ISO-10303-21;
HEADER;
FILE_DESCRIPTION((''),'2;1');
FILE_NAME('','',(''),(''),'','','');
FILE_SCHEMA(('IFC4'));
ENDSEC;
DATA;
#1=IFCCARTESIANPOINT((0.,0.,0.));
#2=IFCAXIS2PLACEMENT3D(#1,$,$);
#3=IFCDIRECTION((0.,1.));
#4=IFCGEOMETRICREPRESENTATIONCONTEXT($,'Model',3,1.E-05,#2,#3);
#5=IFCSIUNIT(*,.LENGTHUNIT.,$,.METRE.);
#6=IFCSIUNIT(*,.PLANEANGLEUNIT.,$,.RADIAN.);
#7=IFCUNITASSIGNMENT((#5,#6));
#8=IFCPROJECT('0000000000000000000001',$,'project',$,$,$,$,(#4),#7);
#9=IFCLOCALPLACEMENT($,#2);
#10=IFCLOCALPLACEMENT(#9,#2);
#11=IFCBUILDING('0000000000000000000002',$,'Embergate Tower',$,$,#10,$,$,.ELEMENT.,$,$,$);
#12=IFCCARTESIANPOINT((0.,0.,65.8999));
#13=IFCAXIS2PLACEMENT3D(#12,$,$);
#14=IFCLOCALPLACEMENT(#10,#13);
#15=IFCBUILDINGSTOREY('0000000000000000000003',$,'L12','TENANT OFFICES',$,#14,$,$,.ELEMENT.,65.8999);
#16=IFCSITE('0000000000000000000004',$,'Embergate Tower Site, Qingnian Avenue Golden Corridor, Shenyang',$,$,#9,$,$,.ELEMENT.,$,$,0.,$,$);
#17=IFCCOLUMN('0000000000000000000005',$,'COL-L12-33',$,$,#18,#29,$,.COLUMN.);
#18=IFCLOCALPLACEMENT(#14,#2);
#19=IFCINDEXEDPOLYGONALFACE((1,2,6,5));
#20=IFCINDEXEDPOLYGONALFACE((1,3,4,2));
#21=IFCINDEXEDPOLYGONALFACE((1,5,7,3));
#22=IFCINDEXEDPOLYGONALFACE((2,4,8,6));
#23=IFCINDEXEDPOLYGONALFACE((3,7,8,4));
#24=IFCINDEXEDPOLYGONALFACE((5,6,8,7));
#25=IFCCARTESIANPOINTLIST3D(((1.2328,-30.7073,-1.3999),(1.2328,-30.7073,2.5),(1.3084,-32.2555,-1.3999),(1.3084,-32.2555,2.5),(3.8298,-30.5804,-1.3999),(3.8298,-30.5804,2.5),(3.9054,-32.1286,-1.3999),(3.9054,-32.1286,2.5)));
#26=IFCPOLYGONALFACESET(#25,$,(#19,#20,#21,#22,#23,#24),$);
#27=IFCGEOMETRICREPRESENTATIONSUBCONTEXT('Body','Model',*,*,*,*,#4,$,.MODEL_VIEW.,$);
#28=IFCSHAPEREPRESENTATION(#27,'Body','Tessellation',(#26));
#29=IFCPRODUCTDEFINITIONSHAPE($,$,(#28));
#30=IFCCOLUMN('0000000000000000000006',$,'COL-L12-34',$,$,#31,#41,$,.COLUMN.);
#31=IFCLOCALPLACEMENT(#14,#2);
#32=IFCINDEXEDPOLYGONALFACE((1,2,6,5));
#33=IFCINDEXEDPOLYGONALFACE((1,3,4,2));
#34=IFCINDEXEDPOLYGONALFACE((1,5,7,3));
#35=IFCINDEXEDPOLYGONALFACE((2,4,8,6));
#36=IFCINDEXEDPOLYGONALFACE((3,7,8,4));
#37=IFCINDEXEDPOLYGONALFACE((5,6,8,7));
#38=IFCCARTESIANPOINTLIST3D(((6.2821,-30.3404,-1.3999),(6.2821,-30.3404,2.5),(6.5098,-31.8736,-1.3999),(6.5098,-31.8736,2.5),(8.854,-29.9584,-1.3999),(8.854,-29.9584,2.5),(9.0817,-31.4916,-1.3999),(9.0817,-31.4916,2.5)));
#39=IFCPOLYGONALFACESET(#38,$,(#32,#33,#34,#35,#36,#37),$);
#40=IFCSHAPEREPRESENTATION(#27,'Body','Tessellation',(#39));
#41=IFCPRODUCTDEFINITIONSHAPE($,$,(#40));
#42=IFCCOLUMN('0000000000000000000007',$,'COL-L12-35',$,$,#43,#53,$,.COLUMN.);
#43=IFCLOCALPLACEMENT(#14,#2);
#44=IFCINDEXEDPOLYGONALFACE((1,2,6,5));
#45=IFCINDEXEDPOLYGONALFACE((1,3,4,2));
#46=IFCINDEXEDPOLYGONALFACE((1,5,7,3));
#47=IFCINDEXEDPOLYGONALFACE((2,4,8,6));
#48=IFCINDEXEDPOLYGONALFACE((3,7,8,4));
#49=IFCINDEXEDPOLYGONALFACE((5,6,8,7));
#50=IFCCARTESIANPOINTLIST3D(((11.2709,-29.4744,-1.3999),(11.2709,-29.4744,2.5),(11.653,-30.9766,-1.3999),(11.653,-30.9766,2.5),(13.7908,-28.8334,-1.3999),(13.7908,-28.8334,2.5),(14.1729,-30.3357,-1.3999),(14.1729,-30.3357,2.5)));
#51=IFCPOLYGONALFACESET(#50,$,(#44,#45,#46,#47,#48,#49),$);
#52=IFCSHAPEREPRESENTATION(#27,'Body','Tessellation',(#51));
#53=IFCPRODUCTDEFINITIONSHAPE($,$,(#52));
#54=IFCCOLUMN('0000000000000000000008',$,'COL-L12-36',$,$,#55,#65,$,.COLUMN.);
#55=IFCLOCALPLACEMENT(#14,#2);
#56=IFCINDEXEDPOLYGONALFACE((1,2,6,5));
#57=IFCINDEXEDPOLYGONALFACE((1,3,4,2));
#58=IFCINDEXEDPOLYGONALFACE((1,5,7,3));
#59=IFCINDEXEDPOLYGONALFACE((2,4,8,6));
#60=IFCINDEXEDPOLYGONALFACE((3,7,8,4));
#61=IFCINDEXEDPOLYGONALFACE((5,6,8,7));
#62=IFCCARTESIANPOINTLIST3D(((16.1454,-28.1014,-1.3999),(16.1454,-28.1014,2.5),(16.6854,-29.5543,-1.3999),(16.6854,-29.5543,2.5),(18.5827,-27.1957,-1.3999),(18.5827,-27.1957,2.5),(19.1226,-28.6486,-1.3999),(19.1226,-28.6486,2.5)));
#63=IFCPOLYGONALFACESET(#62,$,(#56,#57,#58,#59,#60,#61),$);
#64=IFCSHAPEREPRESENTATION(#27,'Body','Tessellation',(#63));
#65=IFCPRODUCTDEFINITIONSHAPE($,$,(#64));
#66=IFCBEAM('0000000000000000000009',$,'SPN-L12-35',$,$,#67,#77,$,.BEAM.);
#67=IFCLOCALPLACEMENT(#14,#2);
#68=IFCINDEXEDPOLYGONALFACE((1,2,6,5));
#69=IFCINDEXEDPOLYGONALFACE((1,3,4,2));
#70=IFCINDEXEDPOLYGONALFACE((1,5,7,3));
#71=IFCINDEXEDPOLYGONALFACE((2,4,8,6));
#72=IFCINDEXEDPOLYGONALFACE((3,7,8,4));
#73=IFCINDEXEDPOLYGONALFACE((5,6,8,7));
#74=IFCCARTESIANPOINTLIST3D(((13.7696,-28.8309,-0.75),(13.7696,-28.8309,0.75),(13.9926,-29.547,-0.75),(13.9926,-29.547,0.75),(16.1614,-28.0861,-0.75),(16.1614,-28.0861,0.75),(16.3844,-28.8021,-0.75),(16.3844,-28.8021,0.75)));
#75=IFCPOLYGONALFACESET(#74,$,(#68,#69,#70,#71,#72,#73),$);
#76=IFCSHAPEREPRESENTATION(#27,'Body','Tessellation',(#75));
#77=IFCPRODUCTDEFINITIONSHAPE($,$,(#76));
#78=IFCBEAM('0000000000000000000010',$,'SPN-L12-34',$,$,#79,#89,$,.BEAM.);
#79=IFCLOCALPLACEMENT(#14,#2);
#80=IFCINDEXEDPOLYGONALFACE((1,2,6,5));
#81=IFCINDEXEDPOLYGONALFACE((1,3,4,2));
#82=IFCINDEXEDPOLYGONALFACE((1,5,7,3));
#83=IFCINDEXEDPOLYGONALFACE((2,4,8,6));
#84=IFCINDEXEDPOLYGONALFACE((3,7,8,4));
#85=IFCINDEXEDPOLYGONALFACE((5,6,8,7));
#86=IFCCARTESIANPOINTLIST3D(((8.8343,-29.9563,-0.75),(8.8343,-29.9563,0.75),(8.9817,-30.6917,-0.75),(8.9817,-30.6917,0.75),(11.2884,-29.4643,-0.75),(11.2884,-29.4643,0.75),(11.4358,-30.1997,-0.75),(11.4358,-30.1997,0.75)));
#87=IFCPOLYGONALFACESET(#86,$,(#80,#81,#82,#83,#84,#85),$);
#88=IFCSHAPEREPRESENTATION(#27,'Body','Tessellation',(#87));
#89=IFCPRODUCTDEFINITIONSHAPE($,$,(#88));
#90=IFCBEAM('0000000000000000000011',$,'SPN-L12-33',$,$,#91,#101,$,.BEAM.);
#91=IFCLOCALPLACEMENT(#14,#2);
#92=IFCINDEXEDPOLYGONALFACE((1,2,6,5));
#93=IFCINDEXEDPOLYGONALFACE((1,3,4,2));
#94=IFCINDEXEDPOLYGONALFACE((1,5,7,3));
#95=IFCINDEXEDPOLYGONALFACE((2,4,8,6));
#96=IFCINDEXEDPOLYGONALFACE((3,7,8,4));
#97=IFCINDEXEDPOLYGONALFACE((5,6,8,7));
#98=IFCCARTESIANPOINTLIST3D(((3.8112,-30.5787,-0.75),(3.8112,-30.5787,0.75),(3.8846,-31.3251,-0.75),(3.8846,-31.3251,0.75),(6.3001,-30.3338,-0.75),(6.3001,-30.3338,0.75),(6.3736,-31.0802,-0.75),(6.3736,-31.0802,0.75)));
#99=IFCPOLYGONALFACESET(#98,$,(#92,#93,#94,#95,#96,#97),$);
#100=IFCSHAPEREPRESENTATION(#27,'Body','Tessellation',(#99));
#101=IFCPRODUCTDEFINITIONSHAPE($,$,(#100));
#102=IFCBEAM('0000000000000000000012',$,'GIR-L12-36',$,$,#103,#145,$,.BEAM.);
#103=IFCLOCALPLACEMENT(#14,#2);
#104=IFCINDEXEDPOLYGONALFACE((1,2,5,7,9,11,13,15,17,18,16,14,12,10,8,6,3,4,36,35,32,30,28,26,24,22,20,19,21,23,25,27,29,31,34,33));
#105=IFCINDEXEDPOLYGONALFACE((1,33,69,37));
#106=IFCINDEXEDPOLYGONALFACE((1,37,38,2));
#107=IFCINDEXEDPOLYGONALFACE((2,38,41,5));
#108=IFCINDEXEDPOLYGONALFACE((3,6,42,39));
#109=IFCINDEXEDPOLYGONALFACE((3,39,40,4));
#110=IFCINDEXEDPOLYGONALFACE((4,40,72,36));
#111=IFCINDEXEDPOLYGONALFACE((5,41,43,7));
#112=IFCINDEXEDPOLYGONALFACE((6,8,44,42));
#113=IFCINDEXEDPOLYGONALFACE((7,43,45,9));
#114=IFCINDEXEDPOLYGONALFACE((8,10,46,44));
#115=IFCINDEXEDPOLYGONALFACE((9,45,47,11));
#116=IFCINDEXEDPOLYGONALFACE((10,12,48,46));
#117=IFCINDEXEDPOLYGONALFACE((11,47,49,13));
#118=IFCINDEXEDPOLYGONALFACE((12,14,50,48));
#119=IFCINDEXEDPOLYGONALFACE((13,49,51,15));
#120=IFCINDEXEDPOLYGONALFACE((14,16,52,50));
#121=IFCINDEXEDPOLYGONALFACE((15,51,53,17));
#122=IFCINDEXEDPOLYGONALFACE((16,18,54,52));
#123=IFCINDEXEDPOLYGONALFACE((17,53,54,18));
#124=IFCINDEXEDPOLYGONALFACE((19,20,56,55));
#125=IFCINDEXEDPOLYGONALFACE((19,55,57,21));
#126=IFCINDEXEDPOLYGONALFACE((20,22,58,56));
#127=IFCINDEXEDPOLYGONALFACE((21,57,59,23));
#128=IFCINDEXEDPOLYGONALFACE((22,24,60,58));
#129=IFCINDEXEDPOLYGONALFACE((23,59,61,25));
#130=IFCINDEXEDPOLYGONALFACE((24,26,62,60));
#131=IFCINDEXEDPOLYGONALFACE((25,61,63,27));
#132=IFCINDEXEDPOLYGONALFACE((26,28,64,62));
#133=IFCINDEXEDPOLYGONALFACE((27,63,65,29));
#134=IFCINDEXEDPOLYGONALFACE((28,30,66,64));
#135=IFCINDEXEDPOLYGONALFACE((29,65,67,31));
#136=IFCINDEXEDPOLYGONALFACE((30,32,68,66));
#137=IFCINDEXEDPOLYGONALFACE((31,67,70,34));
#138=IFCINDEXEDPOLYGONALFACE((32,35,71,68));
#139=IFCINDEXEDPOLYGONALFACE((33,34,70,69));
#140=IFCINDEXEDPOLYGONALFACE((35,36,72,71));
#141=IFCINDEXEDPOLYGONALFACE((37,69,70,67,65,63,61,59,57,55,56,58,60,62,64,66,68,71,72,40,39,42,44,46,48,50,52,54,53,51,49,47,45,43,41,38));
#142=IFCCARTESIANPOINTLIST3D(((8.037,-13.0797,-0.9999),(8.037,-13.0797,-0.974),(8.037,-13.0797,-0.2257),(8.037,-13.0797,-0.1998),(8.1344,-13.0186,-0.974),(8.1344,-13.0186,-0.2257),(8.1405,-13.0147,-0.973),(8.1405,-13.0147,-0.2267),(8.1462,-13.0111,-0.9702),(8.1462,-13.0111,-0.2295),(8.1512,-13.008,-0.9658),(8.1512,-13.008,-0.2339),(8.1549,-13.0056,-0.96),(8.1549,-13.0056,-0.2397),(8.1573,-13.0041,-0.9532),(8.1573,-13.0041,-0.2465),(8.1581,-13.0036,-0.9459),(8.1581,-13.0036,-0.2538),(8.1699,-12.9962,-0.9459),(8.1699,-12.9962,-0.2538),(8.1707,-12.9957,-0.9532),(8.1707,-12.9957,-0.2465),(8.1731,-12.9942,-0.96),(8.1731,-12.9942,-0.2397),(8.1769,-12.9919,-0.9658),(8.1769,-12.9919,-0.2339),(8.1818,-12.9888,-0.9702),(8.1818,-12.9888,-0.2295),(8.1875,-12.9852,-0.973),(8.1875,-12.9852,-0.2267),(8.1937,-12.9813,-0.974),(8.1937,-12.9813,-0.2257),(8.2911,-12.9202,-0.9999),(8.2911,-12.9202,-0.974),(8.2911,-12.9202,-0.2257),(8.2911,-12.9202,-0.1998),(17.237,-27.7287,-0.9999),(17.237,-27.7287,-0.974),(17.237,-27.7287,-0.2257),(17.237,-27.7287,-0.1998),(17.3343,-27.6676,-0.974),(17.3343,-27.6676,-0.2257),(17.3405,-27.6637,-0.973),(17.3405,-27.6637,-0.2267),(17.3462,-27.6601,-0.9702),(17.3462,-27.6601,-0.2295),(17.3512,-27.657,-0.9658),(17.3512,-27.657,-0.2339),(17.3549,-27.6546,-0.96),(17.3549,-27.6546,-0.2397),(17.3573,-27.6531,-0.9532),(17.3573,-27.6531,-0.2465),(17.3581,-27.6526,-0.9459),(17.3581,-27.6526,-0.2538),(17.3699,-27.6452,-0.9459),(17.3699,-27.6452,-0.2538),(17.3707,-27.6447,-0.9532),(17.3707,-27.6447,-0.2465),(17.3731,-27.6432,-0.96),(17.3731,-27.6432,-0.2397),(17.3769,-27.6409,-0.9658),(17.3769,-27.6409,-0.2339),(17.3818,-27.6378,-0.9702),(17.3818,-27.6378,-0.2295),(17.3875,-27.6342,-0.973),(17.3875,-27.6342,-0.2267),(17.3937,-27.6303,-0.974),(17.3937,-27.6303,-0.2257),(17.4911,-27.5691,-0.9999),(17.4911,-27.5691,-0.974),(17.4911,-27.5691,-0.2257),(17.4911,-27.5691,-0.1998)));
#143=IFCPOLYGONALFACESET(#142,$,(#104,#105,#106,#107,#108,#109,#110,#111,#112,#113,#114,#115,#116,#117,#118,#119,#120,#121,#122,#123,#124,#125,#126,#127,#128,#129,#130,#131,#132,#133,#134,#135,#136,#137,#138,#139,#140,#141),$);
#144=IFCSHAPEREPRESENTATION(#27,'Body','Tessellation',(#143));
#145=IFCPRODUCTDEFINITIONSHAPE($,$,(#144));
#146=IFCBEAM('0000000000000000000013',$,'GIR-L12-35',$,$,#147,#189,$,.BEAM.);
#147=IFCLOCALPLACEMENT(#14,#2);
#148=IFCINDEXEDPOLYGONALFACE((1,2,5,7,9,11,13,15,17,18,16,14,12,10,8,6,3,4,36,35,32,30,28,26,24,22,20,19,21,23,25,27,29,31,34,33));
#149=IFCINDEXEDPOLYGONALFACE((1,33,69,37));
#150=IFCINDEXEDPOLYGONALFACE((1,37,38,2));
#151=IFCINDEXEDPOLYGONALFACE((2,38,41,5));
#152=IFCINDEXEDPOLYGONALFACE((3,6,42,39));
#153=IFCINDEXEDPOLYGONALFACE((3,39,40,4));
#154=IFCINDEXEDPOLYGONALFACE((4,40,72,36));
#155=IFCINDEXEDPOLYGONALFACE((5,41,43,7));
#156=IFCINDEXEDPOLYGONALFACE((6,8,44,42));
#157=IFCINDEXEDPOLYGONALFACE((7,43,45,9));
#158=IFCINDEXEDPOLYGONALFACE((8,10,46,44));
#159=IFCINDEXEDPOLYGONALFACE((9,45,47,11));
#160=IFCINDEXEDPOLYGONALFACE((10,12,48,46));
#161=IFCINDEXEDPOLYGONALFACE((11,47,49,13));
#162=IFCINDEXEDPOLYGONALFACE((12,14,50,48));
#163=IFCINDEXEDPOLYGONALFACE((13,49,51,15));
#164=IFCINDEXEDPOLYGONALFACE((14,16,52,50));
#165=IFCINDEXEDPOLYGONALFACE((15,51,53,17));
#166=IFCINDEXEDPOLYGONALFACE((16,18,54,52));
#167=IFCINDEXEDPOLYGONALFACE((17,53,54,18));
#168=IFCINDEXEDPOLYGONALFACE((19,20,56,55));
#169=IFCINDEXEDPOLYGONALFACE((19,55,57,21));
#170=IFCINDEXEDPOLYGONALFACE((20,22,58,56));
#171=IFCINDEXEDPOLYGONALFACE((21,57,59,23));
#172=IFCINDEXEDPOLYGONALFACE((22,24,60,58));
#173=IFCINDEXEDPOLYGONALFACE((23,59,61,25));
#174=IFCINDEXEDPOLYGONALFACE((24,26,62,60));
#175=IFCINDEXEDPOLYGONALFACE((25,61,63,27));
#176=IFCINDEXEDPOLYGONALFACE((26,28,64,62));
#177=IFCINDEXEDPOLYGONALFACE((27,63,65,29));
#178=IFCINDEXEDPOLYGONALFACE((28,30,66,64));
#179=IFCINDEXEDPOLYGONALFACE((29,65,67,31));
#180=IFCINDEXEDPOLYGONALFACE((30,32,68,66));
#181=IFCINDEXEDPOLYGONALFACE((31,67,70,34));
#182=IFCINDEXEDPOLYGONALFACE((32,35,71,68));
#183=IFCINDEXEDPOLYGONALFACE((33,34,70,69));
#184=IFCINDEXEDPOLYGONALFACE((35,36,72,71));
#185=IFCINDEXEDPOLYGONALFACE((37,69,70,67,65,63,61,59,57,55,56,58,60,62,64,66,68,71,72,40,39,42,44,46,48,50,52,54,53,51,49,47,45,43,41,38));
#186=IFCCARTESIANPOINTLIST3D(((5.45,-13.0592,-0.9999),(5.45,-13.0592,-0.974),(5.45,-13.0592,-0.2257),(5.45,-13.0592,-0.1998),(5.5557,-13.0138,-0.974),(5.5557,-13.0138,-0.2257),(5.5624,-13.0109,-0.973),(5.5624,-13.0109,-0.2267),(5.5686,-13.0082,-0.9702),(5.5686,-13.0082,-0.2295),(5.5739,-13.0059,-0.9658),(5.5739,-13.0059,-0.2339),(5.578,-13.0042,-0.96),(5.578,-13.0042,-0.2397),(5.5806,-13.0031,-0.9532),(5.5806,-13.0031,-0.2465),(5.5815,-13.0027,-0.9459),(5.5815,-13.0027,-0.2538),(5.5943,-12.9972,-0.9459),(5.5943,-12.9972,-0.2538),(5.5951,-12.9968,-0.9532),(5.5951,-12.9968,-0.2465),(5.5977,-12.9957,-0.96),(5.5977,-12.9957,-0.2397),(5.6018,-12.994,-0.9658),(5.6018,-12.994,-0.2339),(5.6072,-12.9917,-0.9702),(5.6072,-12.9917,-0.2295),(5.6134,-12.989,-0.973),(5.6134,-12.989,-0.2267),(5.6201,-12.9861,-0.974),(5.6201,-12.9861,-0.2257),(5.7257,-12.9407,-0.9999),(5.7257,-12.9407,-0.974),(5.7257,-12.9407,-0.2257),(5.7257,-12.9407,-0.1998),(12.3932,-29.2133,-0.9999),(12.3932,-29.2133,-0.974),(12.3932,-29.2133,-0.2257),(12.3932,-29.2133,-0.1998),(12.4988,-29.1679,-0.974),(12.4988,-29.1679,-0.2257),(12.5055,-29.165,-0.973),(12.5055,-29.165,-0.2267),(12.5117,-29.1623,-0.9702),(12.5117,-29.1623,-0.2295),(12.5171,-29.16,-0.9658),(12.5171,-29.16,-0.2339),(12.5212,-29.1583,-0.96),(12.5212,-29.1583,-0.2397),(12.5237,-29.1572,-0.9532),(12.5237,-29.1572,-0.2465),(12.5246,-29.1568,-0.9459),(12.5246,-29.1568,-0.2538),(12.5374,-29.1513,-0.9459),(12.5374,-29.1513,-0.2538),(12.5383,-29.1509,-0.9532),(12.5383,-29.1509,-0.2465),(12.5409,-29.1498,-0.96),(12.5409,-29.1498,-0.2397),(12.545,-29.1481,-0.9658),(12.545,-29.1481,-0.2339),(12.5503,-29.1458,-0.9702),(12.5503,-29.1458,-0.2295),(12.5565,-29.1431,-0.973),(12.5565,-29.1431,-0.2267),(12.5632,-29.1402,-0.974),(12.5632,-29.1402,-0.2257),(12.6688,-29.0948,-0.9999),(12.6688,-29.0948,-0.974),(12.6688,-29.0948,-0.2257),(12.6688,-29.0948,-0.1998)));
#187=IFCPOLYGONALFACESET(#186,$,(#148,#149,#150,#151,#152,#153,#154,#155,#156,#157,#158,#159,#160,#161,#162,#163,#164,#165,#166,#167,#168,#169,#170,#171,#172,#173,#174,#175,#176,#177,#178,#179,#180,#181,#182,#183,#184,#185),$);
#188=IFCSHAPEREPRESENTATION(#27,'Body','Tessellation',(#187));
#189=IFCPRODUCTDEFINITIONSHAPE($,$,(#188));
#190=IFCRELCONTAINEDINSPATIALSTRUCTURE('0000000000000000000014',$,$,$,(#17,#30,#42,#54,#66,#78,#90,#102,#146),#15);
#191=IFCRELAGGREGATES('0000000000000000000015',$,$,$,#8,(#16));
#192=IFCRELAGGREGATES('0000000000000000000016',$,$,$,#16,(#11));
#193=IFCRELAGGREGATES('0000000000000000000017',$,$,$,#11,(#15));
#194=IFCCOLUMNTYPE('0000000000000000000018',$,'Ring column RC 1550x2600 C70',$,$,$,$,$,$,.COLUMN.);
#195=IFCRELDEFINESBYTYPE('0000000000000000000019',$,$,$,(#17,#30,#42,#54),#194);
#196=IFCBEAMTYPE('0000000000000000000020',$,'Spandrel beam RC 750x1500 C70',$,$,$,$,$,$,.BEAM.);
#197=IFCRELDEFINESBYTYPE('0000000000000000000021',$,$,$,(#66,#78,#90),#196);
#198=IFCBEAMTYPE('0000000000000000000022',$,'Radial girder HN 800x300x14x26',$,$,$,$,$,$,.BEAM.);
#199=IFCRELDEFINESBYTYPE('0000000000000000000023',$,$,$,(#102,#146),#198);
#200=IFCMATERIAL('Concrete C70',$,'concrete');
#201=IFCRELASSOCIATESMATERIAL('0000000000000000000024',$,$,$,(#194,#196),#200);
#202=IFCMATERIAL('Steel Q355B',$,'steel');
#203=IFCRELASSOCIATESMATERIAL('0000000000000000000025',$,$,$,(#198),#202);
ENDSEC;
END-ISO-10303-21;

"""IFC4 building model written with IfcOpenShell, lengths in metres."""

from ifc_helpers import new_model, si_unit, direction, frame, origin, origin_2d, place, context, subcontext, project, spatial, rectangle, i_section, extrude, source, transform, mapped, material, material_profile, profile_set, type_object, element, save


model = new_model("IFC4")

# Units and contexts
model_context = context("Model", 3, precision=1e-05, world=origin(), true_north=direction((0.0, 1.0)))
body_context = subcontext(model_context, "Body", "Model", "MODEL_VIEW")
ifc_project = project(units=[si_unit("LENGTHUNIT", "METRE"), si_unit("PLANEANGLEUNIT", "RADIAN")], contexts=[model_context])

# Site, building, storey
site_placement = place(None, origin())
site = spatial("IfcSite", under=ifc_project, at=site_placement, Name="Embergate Tower Site, Qingnian Avenue Golden Corridor, Shenyang", CompositionType="ELEMENT", RefElevation=0.0)
building_placement = place(site_placement, origin())
building = spatial("IfcBuilding", under=site, at=building_placement, Name="Embergate Tower", CompositionType="ELEMENT")
storey_placement = place(building_placement, frame((0.0, 0.0, 65.8999)))
storey = spatial("IfcBuildingStorey", under=building, at=storey_placement, Name="L12", Description="TENANT OFFICES", CompositionType="ELEMENT", Elevation=65.8999)

# Columns
ifc_material_1 = material(Name="Concrete C70", Category="concrete")
ifc_material_profile_1 = material_profile(ifc_material_1, rectangle(XDim=1.55, YDim=2.6001, at=origin_2d()), Name="RC 1550x2600")
ifc_profile_set_1 = profile_set([ifc_material_profile_1], Name="Concrete C70")
column_type = type_object("IfcColumnType", Name="Ring column RC 1550x2600 C70", PredefinedType="COLUMN", material=ifc_profile_set_1)
shared_shape_1 = source(origin(), body_context, "Body", "SweptSolid", [
    extrude(rectangle(XDim=1.55, YDim=2.6001, at=origin_2d()), origin(), (0.0, 0.0, 1.0), 3.8999),
])
for number, where, z_axis, x_axis, name in (
    (1, (2.5691, -31.418, -1.3999), (0.0, 0.0, 1.0), (0.048815, -0.998808, 0.0), "COL-L12-33"),
    (2, (7.6819, -30.916, -1.3999), (0.0, 0.0, 1.0), (0.146929, -0.989147, 0.0), "COL-L12-34"),
    (3, (12.7219, -29.905, -1.3999), (0.0, 0.0, 1.0), (0.246509, -0.969141, 0.0), "COL-L12-35"),
    (4, (17.634, -28.375, -1.3999), (0.0, 0.0, 1.0), (0.348343, -0.937367, 0.0), "COL-L12-36"),
):
    element("IfcColumn", number, at=place(storey_placement, frame(where, z_axis=z_axis, x_axis=x_axis)), inside=storey, type_object=column_type, Name=name, PredefinedType="COLUMN", context=body_context, shape_type="MappedRepresentation", body=[
        mapped(shared_shape_1, transform((0.0, 0.0, 0.0))),
    ])

# Beams
ifc_material_profile_2 = material_profile(ifc_material_1, rectangle(XDim=0.75, YDim=1.5, at=origin_2d()), Name="RC 750x1500")
ifc_profile_set_2 = profile_set([ifc_material_profile_2], Name="Concrete C70")
beam_type_1 = type_object("IfcBeamType", Name="Spandrel beam RC 750x1500 C70", PredefinedType="BEAM", material=ifc_profile_set_2)
shared_shape_2 = source(origin(), body_context, "Body", "SweptSolid", [
    extrude(rectangle(XDim=0.75, YDim=1.5, at=origin_2d()), origin(), (0.0, 0.0, 1.0), 2.5051),
])
beam_1_placement = place(storey_placement, frame((13.8811, -29.189, 0.0), z_axis=(0.954773, 0.297337, 0.0), x_axis=(-0.297337, 0.954773, 0.0)))
element("IfcBeam", 5, at=beam_1_placement, inside=storey, type_object=beam_type_1, Name="SPN-L12-35", PredefinedType="BEAM", context=body_context, shape_type="MappedRepresentation", body=[
    mapped(shared_shape_2, transform((0.0, 0.0, 0.0))),
])
shared_shape_3 = source(origin(), body_context, "Body", "SweptSolid", [
    extrude(rectangle(XDim=0.75, YDim=1.5, at=origin_2d()), origin(), (0.0, 0.0, 1.0), 2.5029),
])
beam_2_placement = place(storey_placement, frame((8.908, -30.324, 0.0), z_axis=(0.980494, 0.196548, 0.0), x_axis=(-0.196548, 0.980494, 0.0)))
element("IfcBeam", 6, at=beam_2_placement, inside=storey, type_object=beam_type_1, Name="SPN-L12-34", PredefinedType="BEAM", context=body_context, shape_type="MappedRepresentation", body=[
    mapped(shared_shape_3, transform((0.0, 0.0, 0.0))),
])
shared_shape_4 = source(origin(), body_context, "Body", "SweptSolid", [
    extrude(rectangle(XDim=0.75, YDim=1.5, at=origin_2d()), origin(), (0.0, 0.0, 1.0), 2.501),
])
beam_3_placement = place(storey_placement, frame((3.8479, -30.9519, 0.0), z_axis=(0.995195, 0.097909, 0.0), x_axis=(-0.097909, 0.995195, 0.0)))
element("IfcBeam", 7, at=beam_3_placement, inside=storey, type_object=beam_type_1, Name="SPN-L12-33", PredefinedType="BEAM", context=body_context, shape_type="MappedRepresentation", body=[
    mapped(shared_shape_4, transform((0.0, 0.0, 0.0))),
])
ifc_material_2 = material(Name="Steel Q355B", Category="steel")
ifc_material_profile_3 = material_profile(ifc_material_2, i_section(OverallWidth=0.3, OverallDepth=0.8, WebThickness=0.0139, FlangeThickness=0.0259, FilletRadius=0.0281, at=origin_2d()), Name="HN 800x300x14x26")
ifc_profile_set_3 = profile_set([ifc_material_profile_3], Name="Steel Q355 grade B")
beam_type_2 = type_object("IfcBeamType", Name="Radial girder HN 800x300x14x26", PredefinedType="BEAM", material=ifc_profile_set_3)
shared_shape_5 = source(origin(), body_context, "Body", "SweptSolid", [
    extrude(i_section(OverallWidth=0.3, OverallDepth=0.8, WebThickness=0.0139, FlangeThickness=0.0259, FilletRadius=0.0281, at=origin_2d()), origin(), (0.0, 0.0, 1.0), 17.2983),
])
beam_4_placement = place(storey_placement, frame((17.364, -27.6489, -0.5999), z_axis=(-0.531842, 0.846843, 0.0), x_axis=(-0.846843, -0.531842, 0.0)))
element("IfcBeam", 8, at=beam_4_placement, inside=storey, type_object=beam_type_2, Name="GIR-L12-36", PredefinedType="BEAM", context=body_context, shape_type="MappedRepresentation", body=[
    mapped(shared_shape_5, transform((0.0, 0.0, 0.0))),
])
shared_shape_6 = source(origin(), body_context, "Body", "SweptSolid", [
    extrude(i_section(OverallWidth=0.3, OverallDepth=0.8, WebThickness=0.0139, FlangeThickness=0.0259, FilletRadius=0.0281, at=origin_2d()), origin(), (0.0, 0.0, 1.0), 17.583),
])
beam_5_placement = place(storey_placement, frame((12.531, -29.1541, -0.5999), z_axis=(-0.394878, 0.918734, 0.0), x_axis=(-0.918734, -0.394878, 0.0)))
element("IfcBeam", 9, at=beam_5_placement, inside=storey, type_object=beam_type_2, Name="GIR-L12-35", PredefinedType="BEAM", context=body_context, shape_type="MappedRepresentation", body=[
    mapped(shared_shape_6, transform((0.0, 0.0, 0.0))),
])

save(model, "model.ifc")
